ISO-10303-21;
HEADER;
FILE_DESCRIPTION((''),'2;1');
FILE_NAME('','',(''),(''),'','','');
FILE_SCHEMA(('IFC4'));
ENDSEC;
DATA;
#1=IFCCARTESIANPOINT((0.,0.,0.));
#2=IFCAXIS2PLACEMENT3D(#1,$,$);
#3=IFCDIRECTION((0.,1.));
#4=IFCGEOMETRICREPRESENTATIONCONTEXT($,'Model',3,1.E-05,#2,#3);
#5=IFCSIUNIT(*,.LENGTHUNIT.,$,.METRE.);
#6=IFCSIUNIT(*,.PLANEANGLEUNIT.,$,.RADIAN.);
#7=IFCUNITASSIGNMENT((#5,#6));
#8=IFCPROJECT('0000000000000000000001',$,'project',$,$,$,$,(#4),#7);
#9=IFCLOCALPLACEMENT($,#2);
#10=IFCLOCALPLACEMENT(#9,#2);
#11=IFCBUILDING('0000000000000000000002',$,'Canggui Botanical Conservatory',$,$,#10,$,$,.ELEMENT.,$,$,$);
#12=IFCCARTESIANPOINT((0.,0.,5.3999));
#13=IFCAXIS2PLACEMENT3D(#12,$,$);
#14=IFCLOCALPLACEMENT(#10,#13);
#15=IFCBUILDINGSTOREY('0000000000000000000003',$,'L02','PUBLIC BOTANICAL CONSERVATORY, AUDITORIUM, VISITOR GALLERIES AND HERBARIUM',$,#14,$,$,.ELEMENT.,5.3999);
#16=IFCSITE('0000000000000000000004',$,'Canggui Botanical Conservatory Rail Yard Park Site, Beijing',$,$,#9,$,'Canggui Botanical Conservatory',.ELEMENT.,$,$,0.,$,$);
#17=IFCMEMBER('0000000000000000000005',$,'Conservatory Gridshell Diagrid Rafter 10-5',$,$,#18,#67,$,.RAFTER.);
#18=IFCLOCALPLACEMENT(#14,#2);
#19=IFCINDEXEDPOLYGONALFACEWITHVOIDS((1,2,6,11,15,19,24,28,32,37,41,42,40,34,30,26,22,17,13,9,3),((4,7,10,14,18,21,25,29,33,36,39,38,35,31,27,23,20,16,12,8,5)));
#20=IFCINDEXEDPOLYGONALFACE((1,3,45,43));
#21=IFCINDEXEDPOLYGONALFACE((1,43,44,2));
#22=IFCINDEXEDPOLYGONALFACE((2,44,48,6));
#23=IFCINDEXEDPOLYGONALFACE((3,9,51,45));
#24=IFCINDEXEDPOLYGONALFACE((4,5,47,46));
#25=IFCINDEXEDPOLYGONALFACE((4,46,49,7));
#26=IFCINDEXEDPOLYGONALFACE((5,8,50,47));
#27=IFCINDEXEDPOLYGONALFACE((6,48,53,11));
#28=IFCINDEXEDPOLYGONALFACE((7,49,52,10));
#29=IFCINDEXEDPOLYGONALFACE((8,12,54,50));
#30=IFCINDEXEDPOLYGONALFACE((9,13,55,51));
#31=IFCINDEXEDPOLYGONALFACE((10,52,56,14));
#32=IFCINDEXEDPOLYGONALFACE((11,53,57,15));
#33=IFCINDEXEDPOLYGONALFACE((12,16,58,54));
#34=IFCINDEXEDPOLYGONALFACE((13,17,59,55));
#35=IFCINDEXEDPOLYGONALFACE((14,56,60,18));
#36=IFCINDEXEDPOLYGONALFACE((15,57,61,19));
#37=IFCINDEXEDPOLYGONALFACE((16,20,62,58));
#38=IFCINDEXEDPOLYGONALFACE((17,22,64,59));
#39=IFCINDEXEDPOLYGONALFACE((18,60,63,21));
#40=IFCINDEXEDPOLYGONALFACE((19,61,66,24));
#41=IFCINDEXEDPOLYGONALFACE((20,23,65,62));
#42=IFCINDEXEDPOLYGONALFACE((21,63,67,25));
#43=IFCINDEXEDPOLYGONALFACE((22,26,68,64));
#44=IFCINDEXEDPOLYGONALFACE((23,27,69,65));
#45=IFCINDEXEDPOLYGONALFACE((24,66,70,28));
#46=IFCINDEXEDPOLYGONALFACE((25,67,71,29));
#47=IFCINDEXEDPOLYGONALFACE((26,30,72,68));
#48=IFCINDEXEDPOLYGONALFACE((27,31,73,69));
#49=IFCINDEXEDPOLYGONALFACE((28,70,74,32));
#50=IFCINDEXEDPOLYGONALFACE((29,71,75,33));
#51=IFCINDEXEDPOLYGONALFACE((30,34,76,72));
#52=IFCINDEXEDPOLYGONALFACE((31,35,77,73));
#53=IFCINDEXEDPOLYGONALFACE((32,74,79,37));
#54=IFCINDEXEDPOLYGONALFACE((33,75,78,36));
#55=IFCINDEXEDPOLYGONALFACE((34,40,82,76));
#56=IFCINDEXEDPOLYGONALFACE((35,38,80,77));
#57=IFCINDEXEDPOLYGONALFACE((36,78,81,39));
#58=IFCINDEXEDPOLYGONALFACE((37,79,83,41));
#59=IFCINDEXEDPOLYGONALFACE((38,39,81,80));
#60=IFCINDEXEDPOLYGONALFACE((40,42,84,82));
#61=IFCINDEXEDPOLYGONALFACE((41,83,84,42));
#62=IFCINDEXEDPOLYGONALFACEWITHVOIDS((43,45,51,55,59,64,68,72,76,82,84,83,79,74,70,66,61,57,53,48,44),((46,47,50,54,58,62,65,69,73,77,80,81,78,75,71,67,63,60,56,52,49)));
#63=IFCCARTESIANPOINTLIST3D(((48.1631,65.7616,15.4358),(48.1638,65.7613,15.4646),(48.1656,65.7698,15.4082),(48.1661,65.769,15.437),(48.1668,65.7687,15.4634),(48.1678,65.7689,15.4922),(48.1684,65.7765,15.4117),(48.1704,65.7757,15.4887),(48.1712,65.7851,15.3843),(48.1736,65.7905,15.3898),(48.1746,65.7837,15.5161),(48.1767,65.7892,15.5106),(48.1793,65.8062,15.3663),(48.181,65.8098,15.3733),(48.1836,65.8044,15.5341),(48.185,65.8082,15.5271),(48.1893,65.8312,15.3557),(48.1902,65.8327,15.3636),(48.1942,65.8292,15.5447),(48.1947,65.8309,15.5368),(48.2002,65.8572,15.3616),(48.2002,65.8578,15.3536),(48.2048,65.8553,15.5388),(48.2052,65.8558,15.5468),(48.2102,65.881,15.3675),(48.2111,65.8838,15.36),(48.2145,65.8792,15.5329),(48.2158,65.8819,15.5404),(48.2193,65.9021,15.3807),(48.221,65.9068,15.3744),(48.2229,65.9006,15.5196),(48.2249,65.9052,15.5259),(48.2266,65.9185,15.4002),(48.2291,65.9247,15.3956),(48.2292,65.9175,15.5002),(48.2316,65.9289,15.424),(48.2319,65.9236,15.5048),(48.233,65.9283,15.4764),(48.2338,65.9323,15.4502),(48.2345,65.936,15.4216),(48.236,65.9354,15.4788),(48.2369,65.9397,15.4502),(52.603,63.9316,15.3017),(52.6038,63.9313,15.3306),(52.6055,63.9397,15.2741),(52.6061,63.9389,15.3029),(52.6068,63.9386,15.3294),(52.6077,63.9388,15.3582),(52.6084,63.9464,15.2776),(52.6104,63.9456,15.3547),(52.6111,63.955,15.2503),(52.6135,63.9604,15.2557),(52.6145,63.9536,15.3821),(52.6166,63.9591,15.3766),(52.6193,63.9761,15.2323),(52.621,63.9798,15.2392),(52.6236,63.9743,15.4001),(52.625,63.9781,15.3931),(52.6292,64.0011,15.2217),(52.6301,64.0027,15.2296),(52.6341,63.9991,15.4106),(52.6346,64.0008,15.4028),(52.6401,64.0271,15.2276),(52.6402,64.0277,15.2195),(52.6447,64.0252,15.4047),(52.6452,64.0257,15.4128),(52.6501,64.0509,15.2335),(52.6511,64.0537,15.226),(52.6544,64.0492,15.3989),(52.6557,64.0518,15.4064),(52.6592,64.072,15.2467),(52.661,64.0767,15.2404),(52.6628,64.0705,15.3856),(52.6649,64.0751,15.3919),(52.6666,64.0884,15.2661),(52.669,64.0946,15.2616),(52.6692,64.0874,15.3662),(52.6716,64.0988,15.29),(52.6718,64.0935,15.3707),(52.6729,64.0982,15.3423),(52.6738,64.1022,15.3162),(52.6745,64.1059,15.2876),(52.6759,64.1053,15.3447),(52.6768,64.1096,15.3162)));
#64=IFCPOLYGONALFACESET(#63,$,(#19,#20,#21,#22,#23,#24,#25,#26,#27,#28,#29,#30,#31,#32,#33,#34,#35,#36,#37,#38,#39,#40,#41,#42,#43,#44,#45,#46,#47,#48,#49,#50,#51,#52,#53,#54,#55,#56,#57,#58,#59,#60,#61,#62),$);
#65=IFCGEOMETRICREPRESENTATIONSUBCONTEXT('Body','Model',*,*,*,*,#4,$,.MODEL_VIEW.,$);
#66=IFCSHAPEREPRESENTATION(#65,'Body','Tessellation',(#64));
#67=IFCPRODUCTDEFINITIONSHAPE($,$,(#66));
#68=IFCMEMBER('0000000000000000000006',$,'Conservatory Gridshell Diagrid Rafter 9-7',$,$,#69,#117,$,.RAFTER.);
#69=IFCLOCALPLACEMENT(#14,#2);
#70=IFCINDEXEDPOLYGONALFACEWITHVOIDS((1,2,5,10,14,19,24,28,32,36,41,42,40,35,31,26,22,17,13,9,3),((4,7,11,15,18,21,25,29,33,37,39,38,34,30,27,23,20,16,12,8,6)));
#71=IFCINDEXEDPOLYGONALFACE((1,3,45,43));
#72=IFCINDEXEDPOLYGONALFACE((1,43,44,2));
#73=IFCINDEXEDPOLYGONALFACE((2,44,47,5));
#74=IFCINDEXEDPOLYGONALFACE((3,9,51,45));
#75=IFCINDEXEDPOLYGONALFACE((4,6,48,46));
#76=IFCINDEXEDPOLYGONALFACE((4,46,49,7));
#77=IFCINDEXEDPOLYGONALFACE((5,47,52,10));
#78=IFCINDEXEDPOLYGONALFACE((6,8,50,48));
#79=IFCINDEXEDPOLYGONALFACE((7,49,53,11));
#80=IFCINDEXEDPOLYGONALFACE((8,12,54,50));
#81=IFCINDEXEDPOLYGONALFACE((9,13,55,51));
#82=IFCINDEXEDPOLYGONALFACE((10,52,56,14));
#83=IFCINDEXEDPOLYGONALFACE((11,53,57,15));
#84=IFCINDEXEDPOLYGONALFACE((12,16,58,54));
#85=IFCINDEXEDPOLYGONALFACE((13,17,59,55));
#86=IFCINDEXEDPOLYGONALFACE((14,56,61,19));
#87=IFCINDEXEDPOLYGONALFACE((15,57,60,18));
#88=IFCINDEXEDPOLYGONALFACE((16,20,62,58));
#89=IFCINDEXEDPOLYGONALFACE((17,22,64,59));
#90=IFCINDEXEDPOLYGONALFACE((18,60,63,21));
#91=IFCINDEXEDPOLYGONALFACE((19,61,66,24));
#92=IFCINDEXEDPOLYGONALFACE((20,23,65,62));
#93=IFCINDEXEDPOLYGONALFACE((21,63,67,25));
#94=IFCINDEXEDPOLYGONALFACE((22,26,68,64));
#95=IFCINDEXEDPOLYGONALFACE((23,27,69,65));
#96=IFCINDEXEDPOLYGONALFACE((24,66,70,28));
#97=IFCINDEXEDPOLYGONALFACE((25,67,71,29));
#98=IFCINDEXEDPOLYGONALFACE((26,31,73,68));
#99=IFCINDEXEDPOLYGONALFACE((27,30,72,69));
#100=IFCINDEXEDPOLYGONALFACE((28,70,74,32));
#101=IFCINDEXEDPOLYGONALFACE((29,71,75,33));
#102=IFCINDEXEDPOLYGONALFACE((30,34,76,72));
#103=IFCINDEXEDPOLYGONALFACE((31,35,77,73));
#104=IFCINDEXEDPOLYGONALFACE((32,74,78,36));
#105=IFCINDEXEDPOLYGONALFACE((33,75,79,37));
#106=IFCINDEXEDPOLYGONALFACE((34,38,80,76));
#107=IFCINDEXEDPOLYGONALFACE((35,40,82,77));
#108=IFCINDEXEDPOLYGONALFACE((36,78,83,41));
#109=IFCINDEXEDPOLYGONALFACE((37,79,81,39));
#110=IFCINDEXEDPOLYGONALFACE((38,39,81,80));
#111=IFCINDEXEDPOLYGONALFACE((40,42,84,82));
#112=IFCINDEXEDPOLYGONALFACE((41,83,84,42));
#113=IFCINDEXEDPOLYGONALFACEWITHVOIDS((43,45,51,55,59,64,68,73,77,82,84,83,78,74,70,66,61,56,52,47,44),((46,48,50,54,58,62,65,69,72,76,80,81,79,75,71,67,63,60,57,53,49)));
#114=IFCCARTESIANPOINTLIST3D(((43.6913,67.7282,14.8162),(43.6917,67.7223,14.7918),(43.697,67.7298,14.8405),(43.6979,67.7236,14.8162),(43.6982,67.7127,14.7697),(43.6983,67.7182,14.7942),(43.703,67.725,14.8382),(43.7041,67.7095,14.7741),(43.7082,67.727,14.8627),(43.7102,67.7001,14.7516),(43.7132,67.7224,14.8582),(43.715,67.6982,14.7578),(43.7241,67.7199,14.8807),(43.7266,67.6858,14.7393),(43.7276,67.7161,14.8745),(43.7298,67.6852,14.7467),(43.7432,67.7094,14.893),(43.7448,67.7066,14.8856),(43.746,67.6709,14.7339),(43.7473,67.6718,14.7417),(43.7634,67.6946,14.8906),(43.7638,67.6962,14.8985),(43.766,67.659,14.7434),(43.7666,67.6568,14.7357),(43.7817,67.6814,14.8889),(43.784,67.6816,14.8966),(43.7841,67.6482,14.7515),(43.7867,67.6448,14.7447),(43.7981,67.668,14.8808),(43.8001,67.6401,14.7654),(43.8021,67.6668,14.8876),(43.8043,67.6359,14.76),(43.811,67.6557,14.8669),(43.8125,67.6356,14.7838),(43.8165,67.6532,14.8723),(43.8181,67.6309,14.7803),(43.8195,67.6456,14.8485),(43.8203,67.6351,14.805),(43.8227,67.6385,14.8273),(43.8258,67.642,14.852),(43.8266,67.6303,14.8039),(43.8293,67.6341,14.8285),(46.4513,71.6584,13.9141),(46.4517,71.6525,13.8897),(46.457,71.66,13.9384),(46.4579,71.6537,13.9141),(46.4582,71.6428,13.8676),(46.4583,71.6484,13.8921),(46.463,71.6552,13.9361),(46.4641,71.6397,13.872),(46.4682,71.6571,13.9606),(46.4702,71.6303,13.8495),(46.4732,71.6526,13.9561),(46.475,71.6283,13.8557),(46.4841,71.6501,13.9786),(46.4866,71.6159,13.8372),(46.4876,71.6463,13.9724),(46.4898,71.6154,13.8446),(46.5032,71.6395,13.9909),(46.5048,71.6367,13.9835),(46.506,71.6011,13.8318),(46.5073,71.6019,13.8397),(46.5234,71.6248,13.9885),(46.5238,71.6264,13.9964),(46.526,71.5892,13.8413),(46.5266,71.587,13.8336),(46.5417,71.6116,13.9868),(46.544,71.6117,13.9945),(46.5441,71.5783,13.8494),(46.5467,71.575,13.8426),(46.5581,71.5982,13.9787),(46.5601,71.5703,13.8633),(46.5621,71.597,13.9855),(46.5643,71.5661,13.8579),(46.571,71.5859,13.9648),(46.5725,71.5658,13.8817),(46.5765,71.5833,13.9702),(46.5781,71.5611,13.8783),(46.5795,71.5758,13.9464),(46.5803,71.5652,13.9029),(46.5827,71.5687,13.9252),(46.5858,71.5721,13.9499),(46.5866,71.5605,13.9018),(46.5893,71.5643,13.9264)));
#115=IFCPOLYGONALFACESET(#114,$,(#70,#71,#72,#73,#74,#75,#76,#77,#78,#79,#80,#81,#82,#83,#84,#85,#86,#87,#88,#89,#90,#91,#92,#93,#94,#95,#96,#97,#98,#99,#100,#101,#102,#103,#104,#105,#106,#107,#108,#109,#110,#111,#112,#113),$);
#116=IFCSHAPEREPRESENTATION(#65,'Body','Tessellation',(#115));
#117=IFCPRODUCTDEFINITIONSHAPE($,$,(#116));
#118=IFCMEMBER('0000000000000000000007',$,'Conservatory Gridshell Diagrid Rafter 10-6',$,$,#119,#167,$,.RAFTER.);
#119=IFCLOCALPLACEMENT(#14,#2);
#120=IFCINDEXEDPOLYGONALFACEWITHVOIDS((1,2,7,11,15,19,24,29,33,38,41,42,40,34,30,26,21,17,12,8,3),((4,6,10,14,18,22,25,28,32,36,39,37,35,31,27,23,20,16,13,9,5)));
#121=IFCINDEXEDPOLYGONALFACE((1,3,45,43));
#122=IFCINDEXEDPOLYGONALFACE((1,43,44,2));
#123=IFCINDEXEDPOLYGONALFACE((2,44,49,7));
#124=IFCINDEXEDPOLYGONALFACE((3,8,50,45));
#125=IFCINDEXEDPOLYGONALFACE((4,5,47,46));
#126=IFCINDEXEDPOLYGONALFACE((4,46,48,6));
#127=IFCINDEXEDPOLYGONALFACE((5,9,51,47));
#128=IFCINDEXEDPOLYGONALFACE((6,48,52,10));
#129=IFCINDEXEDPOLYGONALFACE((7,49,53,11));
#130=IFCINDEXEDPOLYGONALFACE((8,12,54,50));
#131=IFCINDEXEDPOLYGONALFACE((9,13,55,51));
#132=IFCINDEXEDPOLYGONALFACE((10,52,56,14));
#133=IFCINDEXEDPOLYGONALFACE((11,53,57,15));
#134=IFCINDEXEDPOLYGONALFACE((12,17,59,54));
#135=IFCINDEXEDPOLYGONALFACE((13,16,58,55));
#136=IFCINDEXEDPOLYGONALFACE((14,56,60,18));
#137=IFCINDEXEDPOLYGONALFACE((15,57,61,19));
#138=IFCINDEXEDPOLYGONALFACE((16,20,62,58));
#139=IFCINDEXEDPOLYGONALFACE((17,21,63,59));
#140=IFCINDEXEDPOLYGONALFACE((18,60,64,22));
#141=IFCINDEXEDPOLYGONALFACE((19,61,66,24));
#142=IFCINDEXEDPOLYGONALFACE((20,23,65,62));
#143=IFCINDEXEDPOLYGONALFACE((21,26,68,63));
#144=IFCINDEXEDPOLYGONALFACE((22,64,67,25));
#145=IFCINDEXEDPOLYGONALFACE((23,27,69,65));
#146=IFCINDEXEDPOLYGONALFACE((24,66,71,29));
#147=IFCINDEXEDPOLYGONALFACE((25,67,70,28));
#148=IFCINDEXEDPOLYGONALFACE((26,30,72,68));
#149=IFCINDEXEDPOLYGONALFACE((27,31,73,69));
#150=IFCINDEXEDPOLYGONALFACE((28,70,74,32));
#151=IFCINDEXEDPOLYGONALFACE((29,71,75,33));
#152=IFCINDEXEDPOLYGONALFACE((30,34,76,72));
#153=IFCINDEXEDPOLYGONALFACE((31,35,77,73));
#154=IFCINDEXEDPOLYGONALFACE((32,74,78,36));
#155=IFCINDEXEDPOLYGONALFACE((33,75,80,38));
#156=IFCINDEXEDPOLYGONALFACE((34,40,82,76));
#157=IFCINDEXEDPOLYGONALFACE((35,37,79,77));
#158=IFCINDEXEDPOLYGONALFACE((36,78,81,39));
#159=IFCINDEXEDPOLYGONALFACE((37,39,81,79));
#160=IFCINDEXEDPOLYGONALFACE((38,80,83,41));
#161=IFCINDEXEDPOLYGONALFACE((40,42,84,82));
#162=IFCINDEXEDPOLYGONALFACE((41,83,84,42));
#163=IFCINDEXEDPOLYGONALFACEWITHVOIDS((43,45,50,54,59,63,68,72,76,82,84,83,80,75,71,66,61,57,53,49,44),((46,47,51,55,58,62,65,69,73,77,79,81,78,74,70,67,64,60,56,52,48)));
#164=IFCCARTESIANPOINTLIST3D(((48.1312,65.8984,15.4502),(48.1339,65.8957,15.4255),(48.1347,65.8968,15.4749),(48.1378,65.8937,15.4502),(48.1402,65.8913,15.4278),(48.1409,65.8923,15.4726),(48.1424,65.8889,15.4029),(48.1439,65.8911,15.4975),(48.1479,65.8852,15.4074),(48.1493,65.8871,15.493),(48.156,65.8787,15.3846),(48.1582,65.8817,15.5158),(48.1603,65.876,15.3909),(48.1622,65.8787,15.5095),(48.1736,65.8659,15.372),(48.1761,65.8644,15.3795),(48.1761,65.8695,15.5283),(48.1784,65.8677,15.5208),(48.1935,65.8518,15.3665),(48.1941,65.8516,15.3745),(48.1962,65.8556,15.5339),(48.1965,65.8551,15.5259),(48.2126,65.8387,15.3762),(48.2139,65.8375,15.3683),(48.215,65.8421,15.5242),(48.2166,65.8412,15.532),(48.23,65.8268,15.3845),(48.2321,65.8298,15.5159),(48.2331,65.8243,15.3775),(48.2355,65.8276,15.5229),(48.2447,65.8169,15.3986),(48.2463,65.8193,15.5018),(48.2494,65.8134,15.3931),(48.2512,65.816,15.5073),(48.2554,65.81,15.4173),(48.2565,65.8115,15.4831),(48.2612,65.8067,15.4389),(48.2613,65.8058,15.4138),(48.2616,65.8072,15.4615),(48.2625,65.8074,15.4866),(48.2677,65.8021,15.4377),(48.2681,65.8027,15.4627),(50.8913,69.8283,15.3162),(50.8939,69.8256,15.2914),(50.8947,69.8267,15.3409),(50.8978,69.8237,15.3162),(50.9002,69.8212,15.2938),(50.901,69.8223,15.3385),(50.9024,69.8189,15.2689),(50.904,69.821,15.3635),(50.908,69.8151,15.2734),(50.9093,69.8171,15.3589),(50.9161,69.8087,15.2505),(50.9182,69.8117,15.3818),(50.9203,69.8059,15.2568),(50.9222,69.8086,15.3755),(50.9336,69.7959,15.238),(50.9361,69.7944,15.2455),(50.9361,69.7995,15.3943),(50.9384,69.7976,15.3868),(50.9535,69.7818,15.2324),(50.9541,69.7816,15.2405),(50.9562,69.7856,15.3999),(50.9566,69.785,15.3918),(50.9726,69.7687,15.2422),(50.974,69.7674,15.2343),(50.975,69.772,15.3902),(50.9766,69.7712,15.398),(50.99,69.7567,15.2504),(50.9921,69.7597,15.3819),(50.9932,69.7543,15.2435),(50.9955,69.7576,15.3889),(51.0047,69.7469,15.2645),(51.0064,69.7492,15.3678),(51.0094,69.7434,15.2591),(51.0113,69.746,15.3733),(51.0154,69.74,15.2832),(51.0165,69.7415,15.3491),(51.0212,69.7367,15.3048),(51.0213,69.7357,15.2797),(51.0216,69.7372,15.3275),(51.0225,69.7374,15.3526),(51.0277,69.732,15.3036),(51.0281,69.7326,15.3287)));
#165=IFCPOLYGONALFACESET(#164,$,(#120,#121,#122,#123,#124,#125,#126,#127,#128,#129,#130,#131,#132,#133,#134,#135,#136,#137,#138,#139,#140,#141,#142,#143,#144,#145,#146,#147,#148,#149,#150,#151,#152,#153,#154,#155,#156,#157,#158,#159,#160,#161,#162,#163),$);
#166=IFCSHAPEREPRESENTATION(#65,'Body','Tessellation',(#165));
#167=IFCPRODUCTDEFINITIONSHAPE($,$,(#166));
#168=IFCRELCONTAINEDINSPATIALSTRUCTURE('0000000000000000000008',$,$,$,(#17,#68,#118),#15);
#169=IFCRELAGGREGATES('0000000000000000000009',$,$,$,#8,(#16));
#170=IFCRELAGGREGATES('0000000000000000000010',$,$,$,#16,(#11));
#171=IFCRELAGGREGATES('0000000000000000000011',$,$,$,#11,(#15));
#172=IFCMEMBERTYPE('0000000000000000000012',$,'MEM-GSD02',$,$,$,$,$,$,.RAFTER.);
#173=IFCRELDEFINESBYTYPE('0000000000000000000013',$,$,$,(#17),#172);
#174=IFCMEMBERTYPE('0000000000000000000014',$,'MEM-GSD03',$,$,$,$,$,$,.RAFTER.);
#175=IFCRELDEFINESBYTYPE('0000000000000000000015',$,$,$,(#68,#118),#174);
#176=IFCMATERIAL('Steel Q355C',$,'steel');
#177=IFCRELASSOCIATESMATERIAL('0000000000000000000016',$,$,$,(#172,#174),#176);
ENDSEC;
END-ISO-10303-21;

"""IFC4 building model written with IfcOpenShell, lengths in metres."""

from ifc_helpers import new_model, si_unit, direction, frame, origin, origin_2d, place, context, subcontext, project, spatial, hollow_circle, extrude, material, material_profile, profile_set, type_object, element, save


model = new_model("IFC4")

# Units and contexts
model_context = context("Model", 3, precision=1e-05, world=origin(), true_north=direction((0.0, 1.0)))
body_context = subcontext(model_context, "Body", "Model", "MODEL_VIEW")
ifc_project = project(units=[si_unit("LENGTHUNIT", "METRE"), si_unit("PLANEANGLEUNIT", "RADIAN")], contexts=[model_context])

# Site, building, storey
site_placement = place(None, origin())
site = spatial("IfcSite", under=ifc_project, at=site_placement, Name="Canggui Botanical Conservatory Rail Yard Park Site, Beijing", LongName="Canggui Botanical Conservatory", CompositionType="ELEMENT", RefElevation=0.0)
building_placement = place(site_placement, origin())
building = spatial("IfcBuilding", under=site, at=building_placement, Name="Canggui Botanical Conservatory", CompositionType="ELEMENT")
storey_placement = place(building_placement, frame((0.0, 0.0, 5.3999)))
storey = spatial("IfcBuildingStorey", under=building, at=storey_placement, Name="L02", Description="PUBLIC BOTANICAL CONSERVATORY, AUDITORIUM, VISITOR GALLERIES AND HERBARIUM", CompositionType="ELEMENT", Elevation=5.3999)

# Shared definitions
ifc_material_1 = material(Name="Steel Q355C", Category="steel")

# Members
ifc_material_profile_1 = material_profile(ifc_material_1, hollow_circle(Radius=0.0969, WallThickness=0.0081, at=origin_2d()), Name="CHS 194x8")
ifc_profile_set_1 = profile_set([ifc_material_profile_1], Name="Steel Q355C")
member_type_1 = type_object("IfcMemberType", Name="MEM-GSD02", PredefinedType="RAFTER", material=ifc_profile_set_1)
member_1_placement = place(storey_placement, frame((48.2, 65.8501, 15.4502), z_axis=(0.924181, -0.380934, -0.027899), x_axis=(0.381082, 0.924541, 0.0)))
element("IfcMember", 1, at=member_1_placement, inside=storey, type_object=member_type_1, Name="Conservatory Gridshell Diagrid Rafter 10-5", PredefinedType="RAFTER", context=body_context, shape_type="SweptSolid", body=[
    extrude(hollow_circle(Radius=0.0969, WallThickness=0.0081, at=origin_2d()), origin(), (0.0, 0.0, 1.0), 4.8042),
])
ifc_material_profile_2 = material_profile(ifc_material_1, hollow_circle(Radius=0.084, WallThickness=0.0081, at=origin_2d()), Name="CHS 168x8")
ifc_profile_set_2 = profile_set([ifc_material_profile_2], Name="Steel Q355C")
member_type_2 = type_object("IfcMemberType", Name="MEM-GSD03", PredefinedType="RAFTER", material=ifc_profile_set_2)
member_2_placement = place(storey_placement, frame((43.76, 67.6799, 14.8162), z_axis=(0.564825, 0.804295, -0.184611), x_axis=(-0.818362, 0.574704, 0.0)))
element("IfcMember", 2, at=member_2_placement, inside=storey, type_object=member_type_2, Name="Conservatory Gridshell Diagrid Rafter 9-7", PredefinedType="RAFTER", context=body_context, shape_type="SweptSolid", body=[
    extrude(hollow_circle(Radius=0.084, WallThickness=0.0081, at=origin_2d()), origin(), (0.0, 0.0, 1.0), 4.8865),
])
member_3_placement = place(storey_placement, frame((48.2, 65.8501, 15.4502), z_axis=(0.574504, 0.818026, -0.027899), x_axis=(-0.818345, 0.574728, 0.0)))
element("IfcMember", 3, at=member_3_placement, inside=storey, type_object=member_type_2, Name="Conservatory Gridshell Diagrid Rafter 10-6", PredefinedType="RAFTER", context=body_context, shape_type="SweptSolid", body=[
    extrude(hollow_circle(Radius=0.084, WallThickness=0.0081, at=origin_2d()), origin(), (0.0, 0.0, 1.0), 4.8042),
])

save(model, "model.ifc")
